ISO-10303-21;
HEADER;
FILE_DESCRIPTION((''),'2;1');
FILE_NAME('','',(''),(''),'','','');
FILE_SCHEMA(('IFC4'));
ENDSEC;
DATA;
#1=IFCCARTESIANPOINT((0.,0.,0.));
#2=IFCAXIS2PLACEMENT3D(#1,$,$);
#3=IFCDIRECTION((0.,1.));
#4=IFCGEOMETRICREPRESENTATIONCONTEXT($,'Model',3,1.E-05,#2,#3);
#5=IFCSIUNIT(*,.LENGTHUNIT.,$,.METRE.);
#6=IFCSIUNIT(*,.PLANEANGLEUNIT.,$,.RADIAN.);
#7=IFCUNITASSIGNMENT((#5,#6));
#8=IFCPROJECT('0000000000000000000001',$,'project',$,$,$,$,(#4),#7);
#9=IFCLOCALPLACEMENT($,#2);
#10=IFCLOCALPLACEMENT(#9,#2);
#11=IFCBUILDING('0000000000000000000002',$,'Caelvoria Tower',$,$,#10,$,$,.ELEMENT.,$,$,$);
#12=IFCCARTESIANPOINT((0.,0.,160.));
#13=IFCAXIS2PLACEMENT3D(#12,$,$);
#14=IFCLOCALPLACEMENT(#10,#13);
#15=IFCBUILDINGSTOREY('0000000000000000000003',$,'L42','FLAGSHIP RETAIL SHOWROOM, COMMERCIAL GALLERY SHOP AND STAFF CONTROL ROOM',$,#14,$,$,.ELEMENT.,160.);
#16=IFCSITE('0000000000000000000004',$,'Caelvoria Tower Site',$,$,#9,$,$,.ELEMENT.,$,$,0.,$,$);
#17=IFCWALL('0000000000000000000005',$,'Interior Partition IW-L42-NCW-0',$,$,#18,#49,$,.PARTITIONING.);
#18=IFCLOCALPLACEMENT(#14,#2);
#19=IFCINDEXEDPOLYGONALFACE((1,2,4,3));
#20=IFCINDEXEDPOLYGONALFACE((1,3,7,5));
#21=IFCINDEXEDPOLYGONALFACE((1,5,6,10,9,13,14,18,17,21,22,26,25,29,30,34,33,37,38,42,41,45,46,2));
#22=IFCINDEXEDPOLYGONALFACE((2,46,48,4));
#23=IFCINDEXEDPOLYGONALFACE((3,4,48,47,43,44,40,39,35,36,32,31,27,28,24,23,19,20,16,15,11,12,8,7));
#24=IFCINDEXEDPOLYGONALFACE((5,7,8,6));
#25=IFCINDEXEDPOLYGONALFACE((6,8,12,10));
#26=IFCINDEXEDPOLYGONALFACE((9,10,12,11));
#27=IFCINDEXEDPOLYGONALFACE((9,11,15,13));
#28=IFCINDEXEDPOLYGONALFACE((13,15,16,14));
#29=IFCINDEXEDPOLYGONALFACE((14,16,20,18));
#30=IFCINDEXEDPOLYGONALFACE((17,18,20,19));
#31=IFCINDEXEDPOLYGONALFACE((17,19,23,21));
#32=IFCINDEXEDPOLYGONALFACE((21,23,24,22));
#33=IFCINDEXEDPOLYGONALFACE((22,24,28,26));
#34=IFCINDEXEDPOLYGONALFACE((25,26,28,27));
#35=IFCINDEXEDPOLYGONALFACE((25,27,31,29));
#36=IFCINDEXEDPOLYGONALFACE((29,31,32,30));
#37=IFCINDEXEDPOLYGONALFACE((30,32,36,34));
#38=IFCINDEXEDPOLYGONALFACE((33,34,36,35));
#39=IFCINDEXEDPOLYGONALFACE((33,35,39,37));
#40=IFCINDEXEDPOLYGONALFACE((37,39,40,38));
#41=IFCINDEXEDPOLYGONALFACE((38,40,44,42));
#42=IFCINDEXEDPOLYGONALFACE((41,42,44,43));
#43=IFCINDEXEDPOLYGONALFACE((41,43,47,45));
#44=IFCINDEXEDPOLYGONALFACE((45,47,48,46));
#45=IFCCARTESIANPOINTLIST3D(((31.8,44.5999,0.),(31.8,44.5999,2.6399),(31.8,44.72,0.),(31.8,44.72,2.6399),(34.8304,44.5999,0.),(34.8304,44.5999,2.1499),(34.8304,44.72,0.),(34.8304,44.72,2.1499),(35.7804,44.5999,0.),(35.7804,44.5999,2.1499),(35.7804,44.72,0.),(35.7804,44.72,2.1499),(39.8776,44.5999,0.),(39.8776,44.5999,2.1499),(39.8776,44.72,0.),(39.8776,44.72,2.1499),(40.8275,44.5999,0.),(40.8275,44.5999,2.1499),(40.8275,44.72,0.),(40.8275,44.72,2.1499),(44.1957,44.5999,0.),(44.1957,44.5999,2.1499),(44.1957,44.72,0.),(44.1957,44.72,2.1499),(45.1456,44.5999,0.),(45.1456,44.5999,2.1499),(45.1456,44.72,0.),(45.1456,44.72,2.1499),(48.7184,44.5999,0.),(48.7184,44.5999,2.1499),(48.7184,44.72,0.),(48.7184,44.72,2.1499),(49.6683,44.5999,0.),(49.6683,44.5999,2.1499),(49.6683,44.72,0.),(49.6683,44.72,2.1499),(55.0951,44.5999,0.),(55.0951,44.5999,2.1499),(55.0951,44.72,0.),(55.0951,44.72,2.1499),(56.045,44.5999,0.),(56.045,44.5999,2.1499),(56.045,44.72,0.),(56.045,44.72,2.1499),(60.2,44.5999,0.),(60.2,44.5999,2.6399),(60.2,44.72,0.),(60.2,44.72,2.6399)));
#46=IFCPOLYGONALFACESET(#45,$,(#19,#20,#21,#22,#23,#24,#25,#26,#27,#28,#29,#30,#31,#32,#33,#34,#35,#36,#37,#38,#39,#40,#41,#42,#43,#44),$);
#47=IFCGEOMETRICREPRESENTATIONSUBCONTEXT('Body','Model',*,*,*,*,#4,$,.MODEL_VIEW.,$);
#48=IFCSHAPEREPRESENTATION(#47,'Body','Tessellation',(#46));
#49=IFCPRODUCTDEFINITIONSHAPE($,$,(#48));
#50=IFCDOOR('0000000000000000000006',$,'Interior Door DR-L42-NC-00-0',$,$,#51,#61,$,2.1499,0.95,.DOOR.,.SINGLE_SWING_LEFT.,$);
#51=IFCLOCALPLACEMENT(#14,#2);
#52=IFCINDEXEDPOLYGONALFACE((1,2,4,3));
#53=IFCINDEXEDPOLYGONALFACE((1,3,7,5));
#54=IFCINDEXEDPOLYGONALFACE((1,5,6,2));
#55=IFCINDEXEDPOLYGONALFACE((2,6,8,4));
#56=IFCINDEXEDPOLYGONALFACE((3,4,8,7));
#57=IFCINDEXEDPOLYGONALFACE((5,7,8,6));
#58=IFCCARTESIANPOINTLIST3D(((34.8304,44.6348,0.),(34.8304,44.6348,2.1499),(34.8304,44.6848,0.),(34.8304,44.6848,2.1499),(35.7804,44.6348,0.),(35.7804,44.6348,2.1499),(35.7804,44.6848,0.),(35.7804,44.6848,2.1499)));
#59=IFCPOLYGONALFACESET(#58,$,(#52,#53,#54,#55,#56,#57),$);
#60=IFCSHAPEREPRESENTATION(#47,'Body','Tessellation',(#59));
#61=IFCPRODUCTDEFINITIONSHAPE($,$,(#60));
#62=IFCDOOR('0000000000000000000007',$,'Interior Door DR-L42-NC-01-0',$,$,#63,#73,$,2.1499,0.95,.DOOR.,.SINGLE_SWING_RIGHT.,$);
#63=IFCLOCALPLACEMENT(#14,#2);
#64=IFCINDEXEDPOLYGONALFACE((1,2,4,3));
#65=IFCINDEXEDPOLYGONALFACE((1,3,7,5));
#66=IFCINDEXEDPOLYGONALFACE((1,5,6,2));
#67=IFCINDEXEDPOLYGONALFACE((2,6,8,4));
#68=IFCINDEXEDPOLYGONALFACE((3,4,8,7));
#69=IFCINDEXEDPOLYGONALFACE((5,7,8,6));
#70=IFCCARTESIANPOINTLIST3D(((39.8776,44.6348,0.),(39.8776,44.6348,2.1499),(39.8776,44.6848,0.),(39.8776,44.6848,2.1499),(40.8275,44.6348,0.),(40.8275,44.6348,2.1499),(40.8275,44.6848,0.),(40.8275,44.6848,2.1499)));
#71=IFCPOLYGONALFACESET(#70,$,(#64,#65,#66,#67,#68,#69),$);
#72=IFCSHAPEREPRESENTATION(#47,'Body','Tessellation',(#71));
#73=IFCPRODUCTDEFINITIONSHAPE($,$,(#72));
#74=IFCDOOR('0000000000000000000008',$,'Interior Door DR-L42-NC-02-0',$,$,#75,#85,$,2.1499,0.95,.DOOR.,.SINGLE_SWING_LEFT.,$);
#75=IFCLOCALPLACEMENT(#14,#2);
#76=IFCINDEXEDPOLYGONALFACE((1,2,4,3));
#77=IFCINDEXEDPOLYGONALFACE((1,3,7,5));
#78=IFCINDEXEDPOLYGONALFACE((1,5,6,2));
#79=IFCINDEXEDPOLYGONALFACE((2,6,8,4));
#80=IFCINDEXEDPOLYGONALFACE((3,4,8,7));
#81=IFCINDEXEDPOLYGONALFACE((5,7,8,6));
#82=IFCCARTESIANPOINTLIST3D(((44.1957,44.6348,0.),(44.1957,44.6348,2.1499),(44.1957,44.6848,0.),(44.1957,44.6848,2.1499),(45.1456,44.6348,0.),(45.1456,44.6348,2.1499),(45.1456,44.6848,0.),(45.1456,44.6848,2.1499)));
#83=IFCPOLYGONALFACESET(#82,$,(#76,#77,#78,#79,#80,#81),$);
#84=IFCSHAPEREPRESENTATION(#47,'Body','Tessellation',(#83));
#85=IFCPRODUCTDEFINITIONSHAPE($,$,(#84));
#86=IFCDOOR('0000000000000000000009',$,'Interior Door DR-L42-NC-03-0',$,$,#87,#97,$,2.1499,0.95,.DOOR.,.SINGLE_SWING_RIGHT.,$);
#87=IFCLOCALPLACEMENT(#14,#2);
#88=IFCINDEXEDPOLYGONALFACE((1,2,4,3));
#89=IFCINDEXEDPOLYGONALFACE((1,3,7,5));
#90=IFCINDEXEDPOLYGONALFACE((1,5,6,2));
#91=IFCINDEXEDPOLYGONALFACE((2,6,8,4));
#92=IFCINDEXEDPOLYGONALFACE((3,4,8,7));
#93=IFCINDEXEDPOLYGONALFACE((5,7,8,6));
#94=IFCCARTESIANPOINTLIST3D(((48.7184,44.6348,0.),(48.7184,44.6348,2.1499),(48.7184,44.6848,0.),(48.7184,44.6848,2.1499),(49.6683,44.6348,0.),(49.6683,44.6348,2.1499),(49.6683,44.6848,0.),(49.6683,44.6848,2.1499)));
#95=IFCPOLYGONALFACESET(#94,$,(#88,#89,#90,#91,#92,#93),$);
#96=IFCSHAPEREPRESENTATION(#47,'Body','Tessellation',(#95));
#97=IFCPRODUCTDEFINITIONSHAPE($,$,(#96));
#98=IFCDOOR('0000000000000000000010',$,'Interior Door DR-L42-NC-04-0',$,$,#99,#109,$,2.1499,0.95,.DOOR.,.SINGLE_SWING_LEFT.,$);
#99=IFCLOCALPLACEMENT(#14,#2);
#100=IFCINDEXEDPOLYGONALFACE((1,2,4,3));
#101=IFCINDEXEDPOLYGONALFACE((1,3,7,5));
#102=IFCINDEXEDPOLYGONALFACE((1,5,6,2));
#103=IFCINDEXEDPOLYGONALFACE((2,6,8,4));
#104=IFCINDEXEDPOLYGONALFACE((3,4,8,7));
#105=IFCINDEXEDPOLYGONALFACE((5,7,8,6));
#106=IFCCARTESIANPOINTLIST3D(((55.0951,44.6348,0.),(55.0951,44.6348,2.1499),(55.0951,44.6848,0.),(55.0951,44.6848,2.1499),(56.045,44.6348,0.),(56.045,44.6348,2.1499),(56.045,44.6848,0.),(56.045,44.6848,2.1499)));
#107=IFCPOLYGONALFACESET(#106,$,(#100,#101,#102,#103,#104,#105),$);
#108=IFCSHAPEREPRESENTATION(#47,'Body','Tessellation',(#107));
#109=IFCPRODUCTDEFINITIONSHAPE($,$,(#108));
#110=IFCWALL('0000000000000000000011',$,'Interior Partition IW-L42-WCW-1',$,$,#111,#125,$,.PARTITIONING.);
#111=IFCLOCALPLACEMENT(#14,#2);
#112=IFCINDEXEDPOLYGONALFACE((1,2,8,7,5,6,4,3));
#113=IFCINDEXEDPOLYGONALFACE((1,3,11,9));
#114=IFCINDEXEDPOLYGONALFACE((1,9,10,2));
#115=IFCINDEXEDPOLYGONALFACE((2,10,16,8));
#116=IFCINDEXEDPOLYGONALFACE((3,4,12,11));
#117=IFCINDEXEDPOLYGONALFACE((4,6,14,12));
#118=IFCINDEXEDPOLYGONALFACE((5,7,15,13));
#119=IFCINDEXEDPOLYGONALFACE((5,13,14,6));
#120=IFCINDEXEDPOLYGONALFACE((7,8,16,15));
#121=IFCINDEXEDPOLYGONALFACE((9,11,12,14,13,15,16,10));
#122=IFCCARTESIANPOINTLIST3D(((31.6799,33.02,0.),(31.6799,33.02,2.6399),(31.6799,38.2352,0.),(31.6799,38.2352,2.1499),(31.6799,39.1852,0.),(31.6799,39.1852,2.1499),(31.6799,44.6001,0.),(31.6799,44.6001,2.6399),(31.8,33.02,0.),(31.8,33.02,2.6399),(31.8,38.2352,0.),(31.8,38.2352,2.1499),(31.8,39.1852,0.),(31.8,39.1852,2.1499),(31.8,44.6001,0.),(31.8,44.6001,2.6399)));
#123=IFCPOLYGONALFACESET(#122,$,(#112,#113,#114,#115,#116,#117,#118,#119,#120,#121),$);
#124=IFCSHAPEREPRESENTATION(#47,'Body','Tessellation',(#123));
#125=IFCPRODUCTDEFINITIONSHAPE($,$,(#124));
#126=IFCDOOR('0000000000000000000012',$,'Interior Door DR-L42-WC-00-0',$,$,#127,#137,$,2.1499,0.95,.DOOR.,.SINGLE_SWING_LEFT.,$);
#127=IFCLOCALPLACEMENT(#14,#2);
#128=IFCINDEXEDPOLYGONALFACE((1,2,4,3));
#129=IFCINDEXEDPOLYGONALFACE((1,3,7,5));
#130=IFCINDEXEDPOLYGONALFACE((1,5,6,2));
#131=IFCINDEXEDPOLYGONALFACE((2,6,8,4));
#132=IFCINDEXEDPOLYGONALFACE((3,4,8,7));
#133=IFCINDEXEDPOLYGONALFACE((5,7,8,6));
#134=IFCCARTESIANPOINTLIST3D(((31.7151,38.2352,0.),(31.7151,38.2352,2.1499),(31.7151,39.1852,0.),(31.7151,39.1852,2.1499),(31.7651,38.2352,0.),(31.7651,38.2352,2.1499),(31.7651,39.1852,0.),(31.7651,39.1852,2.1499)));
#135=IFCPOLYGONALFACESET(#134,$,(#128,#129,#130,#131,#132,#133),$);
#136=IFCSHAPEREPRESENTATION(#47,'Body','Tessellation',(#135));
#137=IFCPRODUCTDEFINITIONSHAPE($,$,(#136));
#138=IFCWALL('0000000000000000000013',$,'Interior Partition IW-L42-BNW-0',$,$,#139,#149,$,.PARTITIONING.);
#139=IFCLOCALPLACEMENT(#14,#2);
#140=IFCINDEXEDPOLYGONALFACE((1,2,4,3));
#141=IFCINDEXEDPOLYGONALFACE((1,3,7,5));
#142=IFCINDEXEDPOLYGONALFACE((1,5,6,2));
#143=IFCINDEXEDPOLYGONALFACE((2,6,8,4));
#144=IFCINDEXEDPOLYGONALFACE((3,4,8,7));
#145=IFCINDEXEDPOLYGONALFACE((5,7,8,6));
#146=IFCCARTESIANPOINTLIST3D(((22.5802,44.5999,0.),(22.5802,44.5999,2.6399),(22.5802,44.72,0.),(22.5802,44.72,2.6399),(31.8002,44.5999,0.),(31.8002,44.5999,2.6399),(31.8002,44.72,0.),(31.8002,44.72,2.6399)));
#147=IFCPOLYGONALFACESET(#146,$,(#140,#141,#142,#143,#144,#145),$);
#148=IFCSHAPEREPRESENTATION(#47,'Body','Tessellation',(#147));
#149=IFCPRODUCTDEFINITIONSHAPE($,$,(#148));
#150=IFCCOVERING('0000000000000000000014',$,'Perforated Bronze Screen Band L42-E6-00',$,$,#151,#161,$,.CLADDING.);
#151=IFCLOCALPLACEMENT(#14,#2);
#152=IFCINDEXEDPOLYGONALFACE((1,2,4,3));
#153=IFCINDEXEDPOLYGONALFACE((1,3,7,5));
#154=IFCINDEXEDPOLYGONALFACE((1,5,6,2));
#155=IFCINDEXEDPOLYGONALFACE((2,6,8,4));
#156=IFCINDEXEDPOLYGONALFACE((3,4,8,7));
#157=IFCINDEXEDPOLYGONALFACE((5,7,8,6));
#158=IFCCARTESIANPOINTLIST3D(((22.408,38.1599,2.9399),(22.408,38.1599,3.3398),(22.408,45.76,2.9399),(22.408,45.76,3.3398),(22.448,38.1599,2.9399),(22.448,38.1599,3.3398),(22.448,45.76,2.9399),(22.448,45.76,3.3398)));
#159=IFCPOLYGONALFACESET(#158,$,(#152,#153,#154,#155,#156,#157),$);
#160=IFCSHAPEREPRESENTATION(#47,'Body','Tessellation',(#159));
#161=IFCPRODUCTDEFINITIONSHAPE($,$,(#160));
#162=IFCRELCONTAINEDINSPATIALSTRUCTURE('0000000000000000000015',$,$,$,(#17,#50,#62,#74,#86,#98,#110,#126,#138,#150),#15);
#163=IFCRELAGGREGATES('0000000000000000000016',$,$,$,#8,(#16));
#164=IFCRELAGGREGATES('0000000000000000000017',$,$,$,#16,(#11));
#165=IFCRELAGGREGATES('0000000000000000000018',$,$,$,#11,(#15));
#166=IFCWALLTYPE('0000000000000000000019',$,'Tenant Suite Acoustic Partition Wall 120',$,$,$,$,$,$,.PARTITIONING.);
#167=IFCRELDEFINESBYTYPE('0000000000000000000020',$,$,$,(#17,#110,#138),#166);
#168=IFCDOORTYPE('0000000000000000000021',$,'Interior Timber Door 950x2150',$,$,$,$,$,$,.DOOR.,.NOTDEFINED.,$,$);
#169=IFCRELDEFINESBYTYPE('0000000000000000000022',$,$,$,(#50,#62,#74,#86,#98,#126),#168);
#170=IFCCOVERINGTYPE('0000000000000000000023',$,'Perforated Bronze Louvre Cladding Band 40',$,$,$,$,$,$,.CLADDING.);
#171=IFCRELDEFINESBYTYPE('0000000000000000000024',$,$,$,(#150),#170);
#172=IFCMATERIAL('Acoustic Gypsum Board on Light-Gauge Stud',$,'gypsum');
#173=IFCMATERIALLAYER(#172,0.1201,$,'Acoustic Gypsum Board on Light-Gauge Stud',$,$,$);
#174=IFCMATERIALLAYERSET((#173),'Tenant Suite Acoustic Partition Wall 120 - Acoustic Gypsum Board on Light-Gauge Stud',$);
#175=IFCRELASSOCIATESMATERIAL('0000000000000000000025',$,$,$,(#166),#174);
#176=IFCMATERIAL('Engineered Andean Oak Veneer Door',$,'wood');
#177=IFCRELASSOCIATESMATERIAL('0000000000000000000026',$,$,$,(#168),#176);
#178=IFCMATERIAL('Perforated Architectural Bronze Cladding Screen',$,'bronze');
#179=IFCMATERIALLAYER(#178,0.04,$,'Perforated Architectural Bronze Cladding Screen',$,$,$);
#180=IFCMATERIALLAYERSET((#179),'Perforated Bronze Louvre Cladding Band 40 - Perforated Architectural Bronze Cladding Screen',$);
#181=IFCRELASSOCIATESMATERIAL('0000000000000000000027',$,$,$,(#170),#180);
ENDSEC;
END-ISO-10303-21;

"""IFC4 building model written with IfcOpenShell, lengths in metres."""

from ifc_helpers import new_model, si_unit, direction, frame, frame_2d, origin, origin_2d, place, context, subcontext, project, spatial, rectangle, extrude, material, layer, layer_set, type_object, element, fill, save


model = new_model("IFC4")

# Units and contexts
model_context = context("Model", 3, precision=1e-05, world=origin(), true_north=direction((0.0, 1.0)))
body_context = subcontext(model_context, "Body", "Model", "MODEL_VIEW")
ifc_project = project(units=[si_unit("LENGTHUNIT", "METRE"), si_unit("PLANEANGLEUNIT", "RADIAN")], contexts=[model_context])

# Site, building, storey
site_placement = place(None, origin())
site = spatial("IfcSite", under=ifc_project, at=site_placement, Name="Caelvoria Tower Site", CompositionType="ELEMENT", RefElevation=0.0)
building_placement = place(site_placement, origin())
building = spatial("IfcBuilding", under=site, at=building_placement, Name="Caelvoria Tower", CompositionType="ELEMENT")
storey_placement = place(building_placement, frame((0.0, 0.0, 160.0)))
storey = spatial("IfcBuildingStorey", under=building, at=storey_placement, Name="L42", Description="FLAGSHIP RETAIL SHOWROOM, COMMERCIAL GALLERY SHOP AND STAFF CONTROL ROOM", CompositionType="ELEMENT", Elevation=160.0)

# Wall, openings, doors
ifc_material_1 = material(Name="Acoustic Gypsum Board on Light-Gauge Stud", Category="gypsum")
ifc_layer_1 = layer(ifc_material_1, 0.1201, Name="Acoustic Gypsum Board on Light-Gauge Stud")
ifc_layer_set_1 = layer_set([ifc_layer_1], Name="Tenant Suite Acoustic Partition Wall 120 - Acoustic Gypsum Board on Light-Gauge Stud")
wall_type_1 = type_object("IfcWallType", Name="Tenant Suite Acoustic Partition Wall 120", PredefinedType="PARTITIONING", material=ifc_layer_set_1)
wall_1_placement = place(storey_placement, frame((31.8, 44.6599, 0.0), z_axis=(0.0, 0.0, 1.0), x_axis=(1.0, 0.0, 0.0)))
wall_1 = element("IfcWall", 1, at=wall_1_placement, inside=storey, type_object=wall_type_1, Name="Interior Partition IW-L42-NCW-0", PredefinedType="PARTITIONING", context=body_context, shape_type="SweptSolid", body=[
    extrude(rectangle(XDim=28.3999, YDim=0.1201, at=frame_2d((14.2, 0.0))), origin(), (0.0, 0.0, 1.0), 2.6399),
])
opening_1_placement = place(wall_1_placement, frame((3.0303, 0.0, 0.0)))
opening_1 = element("IfcOpeningElement", 2, at=opening_1_placement, cuts=wall_1, PredefinedType="OPENING", context=body_context, shape_type="SweptSolid", body=[
    extrude(rectangle(XDim=0.95, YDim=2.1499, at=frame_2d((0.4751, 1.075))), frame((0.0, 0.0701, 0.0), z_axis=(0.0, -1.0, 0.0), x_axis=(1.0, 0.0, 0.0)), (0.0, 0.0, 1.0), 0.1401),
])
opening_2_placement = place(wall_1_placement, frame((8.0774, 0.0, 0.0)))
opening_2 = element("IfcOpeningElement", 3, at=opening_2_placement, cuts=wall_1, PredefinedType="OPENING", context=body_context, shape_type="SweptSolid", body=[
    extrude(rectangle(XDim=0.95, YDim=2.1499, at=frame_2d((0.4751, 1.075))), frame((0.0, 0.0701, 0.0), z_axis=(0.0, -1.0, 0.0), x_axis=(1.0, 0.0, 0.0)), (0.0, 0.0, 1.0), 0.1401),
])
opening_3_placement = place(wall_1_placement, frame((12.3955, 0.0, 0.0)))
opening_3 = element("IfcOpeningElement", 4, at=opening_3_placement, cuts=wall_1, PredefinedType="OPENING", context=body_context, shape_type="SweptSolid", body=[
    extrude(rectangle(XDim=0.95, YDim=2.1499, at=frame_2d((0.4751, 1.075))), frame((0.0, 0.0701, 0.0), z_axis=(0.0, -1.0, 0.0), x_axis=(1.0, 0.0, 0.0)), (0.0, 0.0, 1.0), 0.1401),
])
opening_4_placement = place(wall_1_placement, frame((16.9182, 0.0, 0.0)))
opening_4 = element("IfcOpeningElement", 5, at=opening_4_placement, cuts=wall_1, PredefinedType="OPENING", context=body_context, shape_type="SweptSolid", body=[
    extrude(rectangle(XDim=0.95, YDim=2.1499, at=frame_2d((0.4751, 1.075))), frame((0.0, 0.0701, 0.0), z_axis=(0.0, -1.0, 0.0), x_axis=(1.0, 0.0, 0.0)), (0.0, 0.0, 1.0), 0.1401),
])
opening_5_placement = place(wall_1_placement, frame((23.2949, 0.0, 0.0)))
opening_5 = element("IfcOpeningElement", 6, at=opening_5_placement, cuts=wall_1, PredefinedType="OPENING", context=body_context, shape_type="SweptSolid", body=[
    extrude(rectangle(XDim=0.95, YDim=2.1499, at=frame_2d((0.4751, 1.075))), frame((0.0, 0.0701, 0.0), z_axis=(0.0, -1.0, 0.0), x_axis=(1.0, 0.0, 0.0)), (0.0, 0.0, 1.0), 0.1401),
])
ifc_material_2 = material(Name="Engineered Andean Oak Veneer Door", Category="wood")
door_type_1 = type_object("IfcDoorType", Name="Interior Timber Door 950x2150", OperationType="NOTDEFINED", PredefinedType="DOOR", material=ifc_material_2)
door_1_placement = place(opening_1_placement, origin())
door_1 = element("IfcDoor", 7, at=door_1_placement, inside=storey, type_object=door_type_1, Name="Interior Door DR-L42-NC-00-0", OperationType="SINGLE_SWING_LEFT", OverallHeight=2.1499, OverallWidth=0.95, PredefinedType="DOOR", context=body_context, shape_type="SweptSolid", body=[
    extrude(rectangle(XDim=0.95, YDim=2.1499, at=frame_2d((0.4751, 1.075))), frame((0.0, 0.0249, 0.0), z_axis=(0.0, -1.0, 0.0), x_axis=(1.0, 0.0, 0.0)), (0.0, 0.0, 1.0), 0.05),
])
fill(opening_1, door_1)
door_2_placement = place(opening_2_placement, origin())
door_2 = element("IfcDoor", 8, at=door_2_placement, inside=storey, type_object=door_type_1, Name="Interior Door DR-L42-NC-01-0", OperationType="SINGLE_SWING_RIGHT", OverallHeight=2.1499, OverallWidth=0.95, PredefinedType="DOOR", context=body_context, shape_type="SweptSolid", body=[
    extrude(rectangle(XDim=0.95, YDim=2.1499, at=frame_2d((0.4751, 1.075))), frame((0.0, 0.0249, 0.0), z_axis=(0.0, -1.0, 0.0), x_axis=(1.0, 0.0, 0.0)), (0.0, 0.0, 1.0), 0.05),
])
fill(opening_2, door_2)
door_3_placement = place(opening_3_placement, origin())
door_3 = element("IfcDoor", 9, at=door_3_placement, inside=storey, type_object=door_type_1, Name="Interior Door DR-L42-NC-02-0", OperationType="SINGLE_SWING_LEFT", OverallHeight=2.1499, OverallWidth=0.95, PredefinedType="DOOR", context=body_context, shape_type="SweptSolid", body=[
    extrude(rectangle(XDim=0.95, YDim=2.1499, at=frame_2d((0.4751, 1.075))), frame((0.0, 0.0249, 0.0), z_axis=(0.0, -1.0, 0.0), x_axis=(1.0, 0.0, 0.0)), (0.0, 0.0, 1.0), 0.05),
])
fill(opening_3, door_3)
door_4_placement = place(opening_4_placement, origin())
door_4 = element("IfcDoor", 10, at=door_4_placement, inside=storey, type_object=door_type_1, Name="Interior Door DR-L42-NC-03-0", OperationType="SINGLE_SWING_RIGHT", OverallHeight=2.1499, OverallWidth=0.95, PredefinedType="DOOR", context=body_context, shape_type="SweptSolid", body=[
    extrude(rectangle(XDim=0.95, YDim=2.1499, at=frame_2d((0.4751, 1.075))), frame((0.0, 0.0249, 0.0), z_axis=(0.0, -1.0, 0.0), x_axis=(1.0, 0.0, 0.0)), (0.0, 0.0, 1.0), 0.05),
])
fill(opening_4, door_4)
door_5_placement = place(opening_5_placement, origin())
door_5 = element("IfcDoor", 11, at=door_5_placement, inside=storey, type_object=door_type_1, Name="Interior Door DR-L42-NC-04-0", OperationType="SINGLE_SWING_LEFT", OverallHeight=2.1499, OverallWidth=0.95, PredefinedType="DOOR", context=body_context, shape_type="SweptSolid", body=[
    extrude(rectangle(XDim=0.95, YDim=2.1499, at=frame_2d((0.4751, 1.075))), frame((0.0, 0.0249, 0.0), z_axis=(0.0, -1.0, 0.0), x_axis=(1.0, 0.0, 0.0)), (0.0, 0.0, 1.0), 0.05),
])
fill(opening_5, door_5)

# Wall, opening, door
wall_2_placement = place(storey_placement, frame((31.74, 33.02, 0.0), z_axis=(0.0, 0.0, 1.0), x_axis=(0.0, 1.0, 0.0)))
wall_2 = element("IfcWall", 12, at=wall_2_placement, inside=storey, type_object=wall_type_1, Name="Interior Partition IW-L42-WCW-1", PredefinedType="PARTITIONING", context=body_context, shape_type="SweptSolid", body=[
    extrude(rectangle(XDim=11.5801, YDim=0.1201, at=frame_2d((5.79, 0.0))), origin(), (0.0, 0.0, 1.0), 2.6399),
])
opening_6_placement = place(wall_2_placement, frame((5.2151, 0.0, 0.0)))
opening_6 = element("IfcOpeningElement", 13, at=opening_6_placement, cuts=wall_2, PredefinedType="OPENING", context=body_context, shape_type="SweptSolid", body=[
    extrude(rectangle(XDim=0.95, YDim=2.1499, at=frame_2d((0.4751, 1.075))), frame((0.0, 0.0701, 0.0), z_axis=(0.0, -1.0, 0.0), x_axis=(1.0, 0.0, 0.0)), (0.0, 0.0, 1.0), 0.1401),
])
door_6_placement = place(opening_6_placement, origin())
door_6 = element("IfcDoor", 14, at=door_6_placement, inside=storey, type_object=door_type_1, Name="Interior Door DR-L42-WC-00-0", OperationType="SINGLE_SWING_LEFT", OverallHeight=2.1499, OverallWidth=0.95, PredefinedType="DOOR", context=body_context, shape_type="SweptSolid", body=[
    extrude(rectangle(XDim=0.95, YDim=2.1499, at=frame_2d((0.4751, 1.075))), frame((0.0, 0.0249, 0.0), z_axis=(0.0, -1.0, 0.0), x_axis=(1.0, 0.0, 0.0)), (0.0, 0.0, 1.0), 0.05),
])
fill(opening_6, door_6)

# Wall
wall_3_placement = place(storey_placement, frame((31.8, 44.6599, 0.0), z_axis=(0.0, 0.0, 1.0), x_axis=(-1.0, 0.0, 0.0)))
element("IfcWall", 15, at=wall_3_placement, inside=storey, type_object=wall_type_1, Name="Interior Partition IW-L42-BNW-0", PredefinedType="PARTITIONING", context=body_context, shape_type="SweptSolid", body=[
    extrude(rectangle(XDim=9.22, YDim=0.1201, at=frame_2d((4.6099, 0.0))), origin(), (0.0, 0.0, 1.0), 2.6399),
])

# Covering
ifc_material_3 = material(Name="Perforated Architectural Bronze Cladding Screen", Category="bronze")
ifc_layer_2 = layer(ifc_material_3, 0.04, Name="Perforated Architectural Bronze Cladding Screen")
ifc_layer_set_2 = layer_set([ifc_layer_2], Name="Perforated Bronze Louvre Cladding Band 40 - Perforated Architectural Bronze Cladding Screen")
covering_type = type_object("IfcCoveringType", Name="Perforated Bronze Louvre Cladding Band 40", PredefinedType="CLADDING", material=ifc_layer_set_2)
for number, where, z_axis, x_axis, name in (
    (16, (22.428, 41.96, 2.9399), (0.0, 0.0, 1.0), (0.0, -1.0, 0.0), "Perforated Bronze Screen Band L42-E6-00"),
):
    element("IfcCovering", number, at=place(storey_placement, frame(where, z_axis=z_axis, x_axis=x_axis)), inside=storey, type_object=covering_type, Name=name, PredefinedType="CLADDING", context=body_context, shape_type="SweptSolid", body=[
        extrude(rectangle(XDim=7.6001, YDim=0.04, at=origin_2d()), origin(), (0.0, 0.0, 1.0), 0.3999),
    ])

save(model, "model.ifc")
